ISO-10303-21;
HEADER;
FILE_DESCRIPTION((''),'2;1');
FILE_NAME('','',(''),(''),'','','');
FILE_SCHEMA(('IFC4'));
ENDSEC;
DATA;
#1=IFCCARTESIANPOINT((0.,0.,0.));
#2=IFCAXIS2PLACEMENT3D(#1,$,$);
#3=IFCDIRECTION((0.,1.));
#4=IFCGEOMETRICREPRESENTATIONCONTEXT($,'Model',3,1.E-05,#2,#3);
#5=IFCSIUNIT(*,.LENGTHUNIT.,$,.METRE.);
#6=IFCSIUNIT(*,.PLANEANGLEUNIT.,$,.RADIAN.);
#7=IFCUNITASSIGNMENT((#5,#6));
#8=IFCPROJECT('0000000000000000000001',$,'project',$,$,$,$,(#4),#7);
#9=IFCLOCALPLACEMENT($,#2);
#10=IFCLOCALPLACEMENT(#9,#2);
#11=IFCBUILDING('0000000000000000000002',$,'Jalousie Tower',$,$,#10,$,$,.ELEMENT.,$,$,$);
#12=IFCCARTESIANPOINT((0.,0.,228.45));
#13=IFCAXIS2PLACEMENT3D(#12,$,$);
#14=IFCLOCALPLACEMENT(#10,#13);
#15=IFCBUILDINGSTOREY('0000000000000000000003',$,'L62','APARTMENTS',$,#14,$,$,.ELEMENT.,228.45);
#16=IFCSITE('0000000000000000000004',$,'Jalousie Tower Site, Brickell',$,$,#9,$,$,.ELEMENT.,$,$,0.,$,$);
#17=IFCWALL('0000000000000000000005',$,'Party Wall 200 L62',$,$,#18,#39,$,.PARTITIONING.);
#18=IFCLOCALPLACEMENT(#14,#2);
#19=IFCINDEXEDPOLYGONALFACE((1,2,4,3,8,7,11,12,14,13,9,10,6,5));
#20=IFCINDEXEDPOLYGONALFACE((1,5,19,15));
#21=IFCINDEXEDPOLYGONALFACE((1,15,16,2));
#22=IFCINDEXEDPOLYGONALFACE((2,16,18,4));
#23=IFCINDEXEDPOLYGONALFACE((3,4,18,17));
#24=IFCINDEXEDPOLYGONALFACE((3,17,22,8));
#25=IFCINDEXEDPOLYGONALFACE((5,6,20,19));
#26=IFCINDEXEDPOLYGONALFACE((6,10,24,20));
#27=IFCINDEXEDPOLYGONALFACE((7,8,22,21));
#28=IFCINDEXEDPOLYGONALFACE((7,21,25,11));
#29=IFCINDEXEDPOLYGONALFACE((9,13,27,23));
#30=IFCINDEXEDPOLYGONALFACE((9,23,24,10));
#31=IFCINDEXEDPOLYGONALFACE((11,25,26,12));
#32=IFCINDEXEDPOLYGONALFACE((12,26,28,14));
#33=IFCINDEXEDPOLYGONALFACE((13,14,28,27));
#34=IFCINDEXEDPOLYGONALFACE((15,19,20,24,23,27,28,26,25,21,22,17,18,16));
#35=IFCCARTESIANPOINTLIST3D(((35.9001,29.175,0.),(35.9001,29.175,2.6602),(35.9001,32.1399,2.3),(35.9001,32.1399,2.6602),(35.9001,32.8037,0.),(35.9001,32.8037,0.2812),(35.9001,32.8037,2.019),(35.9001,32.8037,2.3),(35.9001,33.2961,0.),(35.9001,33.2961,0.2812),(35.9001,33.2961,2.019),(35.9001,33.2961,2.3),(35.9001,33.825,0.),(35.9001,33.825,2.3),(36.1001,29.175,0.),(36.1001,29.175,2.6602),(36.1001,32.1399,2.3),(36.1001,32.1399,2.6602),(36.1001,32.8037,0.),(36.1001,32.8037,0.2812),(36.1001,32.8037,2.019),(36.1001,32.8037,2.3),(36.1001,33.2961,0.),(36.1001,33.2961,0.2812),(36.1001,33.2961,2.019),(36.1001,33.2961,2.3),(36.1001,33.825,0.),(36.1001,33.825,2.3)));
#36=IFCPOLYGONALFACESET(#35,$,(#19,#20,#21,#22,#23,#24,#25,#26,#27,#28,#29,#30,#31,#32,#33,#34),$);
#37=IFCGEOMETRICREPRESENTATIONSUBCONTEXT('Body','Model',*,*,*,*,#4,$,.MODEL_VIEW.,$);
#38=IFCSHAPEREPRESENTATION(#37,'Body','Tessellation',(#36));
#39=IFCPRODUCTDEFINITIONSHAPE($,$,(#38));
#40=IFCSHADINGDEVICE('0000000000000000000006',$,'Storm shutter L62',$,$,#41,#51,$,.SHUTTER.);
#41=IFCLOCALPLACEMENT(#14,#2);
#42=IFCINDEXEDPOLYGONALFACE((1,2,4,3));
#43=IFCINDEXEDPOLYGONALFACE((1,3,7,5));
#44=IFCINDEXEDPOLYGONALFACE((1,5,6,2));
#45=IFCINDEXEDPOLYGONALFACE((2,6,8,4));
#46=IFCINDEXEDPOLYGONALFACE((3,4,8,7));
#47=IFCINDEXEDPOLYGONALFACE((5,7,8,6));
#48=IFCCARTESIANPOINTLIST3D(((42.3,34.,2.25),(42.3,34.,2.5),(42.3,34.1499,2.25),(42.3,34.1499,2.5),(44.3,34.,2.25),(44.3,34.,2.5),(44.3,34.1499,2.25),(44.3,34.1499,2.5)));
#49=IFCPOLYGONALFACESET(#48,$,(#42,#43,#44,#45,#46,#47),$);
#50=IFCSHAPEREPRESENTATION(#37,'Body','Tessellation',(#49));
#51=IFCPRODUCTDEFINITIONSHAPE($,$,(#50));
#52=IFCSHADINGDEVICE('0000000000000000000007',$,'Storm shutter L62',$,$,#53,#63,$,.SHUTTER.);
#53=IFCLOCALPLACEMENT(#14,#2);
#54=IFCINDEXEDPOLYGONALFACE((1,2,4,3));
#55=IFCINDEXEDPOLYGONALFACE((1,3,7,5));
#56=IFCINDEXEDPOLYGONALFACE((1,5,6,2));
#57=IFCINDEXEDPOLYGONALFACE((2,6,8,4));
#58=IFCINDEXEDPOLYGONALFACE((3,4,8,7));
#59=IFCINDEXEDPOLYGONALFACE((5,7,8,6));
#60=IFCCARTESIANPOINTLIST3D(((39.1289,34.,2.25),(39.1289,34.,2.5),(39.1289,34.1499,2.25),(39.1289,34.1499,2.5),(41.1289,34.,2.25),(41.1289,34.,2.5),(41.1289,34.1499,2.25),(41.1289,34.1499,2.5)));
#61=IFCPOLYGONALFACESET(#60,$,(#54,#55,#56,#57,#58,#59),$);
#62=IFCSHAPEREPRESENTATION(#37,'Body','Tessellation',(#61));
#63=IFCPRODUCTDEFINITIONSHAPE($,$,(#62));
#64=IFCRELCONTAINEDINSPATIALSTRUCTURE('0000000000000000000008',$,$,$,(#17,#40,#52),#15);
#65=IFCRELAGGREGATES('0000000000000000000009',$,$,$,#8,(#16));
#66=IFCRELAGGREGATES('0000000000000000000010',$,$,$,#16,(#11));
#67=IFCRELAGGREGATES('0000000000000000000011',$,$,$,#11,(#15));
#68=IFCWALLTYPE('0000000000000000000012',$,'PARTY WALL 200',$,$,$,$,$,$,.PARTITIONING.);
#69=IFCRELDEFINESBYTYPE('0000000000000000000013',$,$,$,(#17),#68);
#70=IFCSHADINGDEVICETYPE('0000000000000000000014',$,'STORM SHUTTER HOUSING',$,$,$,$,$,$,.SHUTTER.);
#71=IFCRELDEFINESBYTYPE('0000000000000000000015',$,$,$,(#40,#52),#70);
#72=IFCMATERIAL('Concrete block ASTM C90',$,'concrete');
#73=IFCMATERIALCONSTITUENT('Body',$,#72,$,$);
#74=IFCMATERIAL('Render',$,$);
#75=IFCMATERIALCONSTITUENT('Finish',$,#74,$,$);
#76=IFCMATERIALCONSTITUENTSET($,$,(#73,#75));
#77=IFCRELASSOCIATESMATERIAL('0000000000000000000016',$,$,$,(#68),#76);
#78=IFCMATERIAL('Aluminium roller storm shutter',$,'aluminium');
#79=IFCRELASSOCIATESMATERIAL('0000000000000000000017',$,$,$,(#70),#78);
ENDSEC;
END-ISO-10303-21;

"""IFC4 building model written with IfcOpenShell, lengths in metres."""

from ifc_helpers import new_model, si_unit, direction, frame, origin, origin_2d, place, context, subcontext, project, spatial, polyline, rectangle, outline, extrude, material, constituent, constituent_set, type_object, element, save


model = new_model("IFC4")

# Units and contexts
model_context = context("Model", 3, precision=1e-05, world=origin(), true_north=direction((0.0, 1.0)))
body_context = subcontext(model_context, "Body", "Model", "MODEL_VIEW")
ifc_project = project(units=[si_unit("LENGTHUNIT", "METRE"), si_unit("PLANEANGLEUNIT", "RADIAN")], contexts=[model_context])

# Site, building, storey
site_placement = place(None, origin())
site = spatial("IfcSite", under=ifc_project, at=site_placement, Name="Jalousie Tower Site, Brickell", CompositionType="ELEMENT", RefElevation=0.0)
building_placement = place(site_placement, origin())
building = spatial("IfcBuilding", under=site, at=building_placement, Name="Jalousie Tower", CompositionType="ELEMENT")
storey_placement = place(building_placement, frame((0.0, 0.0, 228.45)))
storey = spatial("IfcBuildingStorey", under=building, at=storey_placement, Name="L62", Description="APARTMENTS", CompositionType="ELEMENT", Elevation=228.45)

# Wall
ifc_material_1 = material(Name="Concrete block ASTM C90", Category="concrete")
ifc_constituent_1 = constituent(ifc_material_1, Name="Body")
ifc_material_2 = material(Name="Render")
ifc_constituent_2 = constituent(ifc_material_2, Name="Finish")
ifc_constituent_set_1 = constituent_set(constituents=[ifc_constituent_1, ifc_constituent_2])
wall_type_1 = type_object("IfcWallType", Name="PARTY WALL 200", PredefinedType="PARTITIONING", material=ifc_constituent_set_1)
wall_1_placement = place(storey_placement, frame((36.0, 33.825, 0.0), z_axis=(0.0, 0.0, 1.0), x_axis=(0.0, -1.0, 0.0)))
element("IfcWall", 1, at=wall_1_placement, inside=storey, type_object=wall_type_1, Name="Party Wall 200 L62", PredefinedType="PARTITIONING", context=body_context, shape_type="SweptSolid", body=[
    extrude(outline(polyline([(0.5288, 2.3), (0.0, 2.3), (0.0, 0.0), (0.5288, 0.0), (0.5288, 0.2812), (1.0212, 0.2812), (1.0212, 0.0), (4.6499, 0.0), (4.6499, 2.6602), (1.6851, 2.6602), (1.6851, 2.3), (1.0212, 2.3), (1.0212, 2.019), (0.5288, 2.019), (0.5288, 2.3)])), frame((0.0, 0.1001, 0.0), z_axis=(0.0, -1.0, 0.0), x_axis=(1.0, 0.0, 0.0)), (0.0, 0.0, 1.0), 0.2),
])

# Shading devices
ifc_material_3 = material(Name="Aluminium roller storm shutter", Category="aluminium")
shading_device_type = type_object("IfcShadingDeviceType", Name="STORM SHUTTER HOUSING", PredefinedType="SHUTTER", material=ifc_material_3)
for number, where, z_axis, x_axis, name in (
    (2, (43.3, 34.075, 2.25), (0.0, 0.0, 1.0), (-1.0, 0.0, 0.0), "Storm shutter L62"),
    (3, (40.1289, 34.075, 2.25), (0.0, 0.0, 1.0), (-1.0, 0.0, 0.0), "Storm shutter L62"),
):
    element("IfcShadingDevice", number, at=place(storey_placement, frame(where, z_axis=z_axis, x_axis=x_axis)), inside=storey, type_object=shading_device_type, Name=name, PredefinedType="SHUTTER", context=body_context, shape_type="SweptSolid", body=[
        extrude(rectangle(XDim=2.0, YDim=0.1499, at=origin_2d()), origin(), (0.0, 0.0, 1.0), 0.25),
    ])

save(model, "model.ifc")
